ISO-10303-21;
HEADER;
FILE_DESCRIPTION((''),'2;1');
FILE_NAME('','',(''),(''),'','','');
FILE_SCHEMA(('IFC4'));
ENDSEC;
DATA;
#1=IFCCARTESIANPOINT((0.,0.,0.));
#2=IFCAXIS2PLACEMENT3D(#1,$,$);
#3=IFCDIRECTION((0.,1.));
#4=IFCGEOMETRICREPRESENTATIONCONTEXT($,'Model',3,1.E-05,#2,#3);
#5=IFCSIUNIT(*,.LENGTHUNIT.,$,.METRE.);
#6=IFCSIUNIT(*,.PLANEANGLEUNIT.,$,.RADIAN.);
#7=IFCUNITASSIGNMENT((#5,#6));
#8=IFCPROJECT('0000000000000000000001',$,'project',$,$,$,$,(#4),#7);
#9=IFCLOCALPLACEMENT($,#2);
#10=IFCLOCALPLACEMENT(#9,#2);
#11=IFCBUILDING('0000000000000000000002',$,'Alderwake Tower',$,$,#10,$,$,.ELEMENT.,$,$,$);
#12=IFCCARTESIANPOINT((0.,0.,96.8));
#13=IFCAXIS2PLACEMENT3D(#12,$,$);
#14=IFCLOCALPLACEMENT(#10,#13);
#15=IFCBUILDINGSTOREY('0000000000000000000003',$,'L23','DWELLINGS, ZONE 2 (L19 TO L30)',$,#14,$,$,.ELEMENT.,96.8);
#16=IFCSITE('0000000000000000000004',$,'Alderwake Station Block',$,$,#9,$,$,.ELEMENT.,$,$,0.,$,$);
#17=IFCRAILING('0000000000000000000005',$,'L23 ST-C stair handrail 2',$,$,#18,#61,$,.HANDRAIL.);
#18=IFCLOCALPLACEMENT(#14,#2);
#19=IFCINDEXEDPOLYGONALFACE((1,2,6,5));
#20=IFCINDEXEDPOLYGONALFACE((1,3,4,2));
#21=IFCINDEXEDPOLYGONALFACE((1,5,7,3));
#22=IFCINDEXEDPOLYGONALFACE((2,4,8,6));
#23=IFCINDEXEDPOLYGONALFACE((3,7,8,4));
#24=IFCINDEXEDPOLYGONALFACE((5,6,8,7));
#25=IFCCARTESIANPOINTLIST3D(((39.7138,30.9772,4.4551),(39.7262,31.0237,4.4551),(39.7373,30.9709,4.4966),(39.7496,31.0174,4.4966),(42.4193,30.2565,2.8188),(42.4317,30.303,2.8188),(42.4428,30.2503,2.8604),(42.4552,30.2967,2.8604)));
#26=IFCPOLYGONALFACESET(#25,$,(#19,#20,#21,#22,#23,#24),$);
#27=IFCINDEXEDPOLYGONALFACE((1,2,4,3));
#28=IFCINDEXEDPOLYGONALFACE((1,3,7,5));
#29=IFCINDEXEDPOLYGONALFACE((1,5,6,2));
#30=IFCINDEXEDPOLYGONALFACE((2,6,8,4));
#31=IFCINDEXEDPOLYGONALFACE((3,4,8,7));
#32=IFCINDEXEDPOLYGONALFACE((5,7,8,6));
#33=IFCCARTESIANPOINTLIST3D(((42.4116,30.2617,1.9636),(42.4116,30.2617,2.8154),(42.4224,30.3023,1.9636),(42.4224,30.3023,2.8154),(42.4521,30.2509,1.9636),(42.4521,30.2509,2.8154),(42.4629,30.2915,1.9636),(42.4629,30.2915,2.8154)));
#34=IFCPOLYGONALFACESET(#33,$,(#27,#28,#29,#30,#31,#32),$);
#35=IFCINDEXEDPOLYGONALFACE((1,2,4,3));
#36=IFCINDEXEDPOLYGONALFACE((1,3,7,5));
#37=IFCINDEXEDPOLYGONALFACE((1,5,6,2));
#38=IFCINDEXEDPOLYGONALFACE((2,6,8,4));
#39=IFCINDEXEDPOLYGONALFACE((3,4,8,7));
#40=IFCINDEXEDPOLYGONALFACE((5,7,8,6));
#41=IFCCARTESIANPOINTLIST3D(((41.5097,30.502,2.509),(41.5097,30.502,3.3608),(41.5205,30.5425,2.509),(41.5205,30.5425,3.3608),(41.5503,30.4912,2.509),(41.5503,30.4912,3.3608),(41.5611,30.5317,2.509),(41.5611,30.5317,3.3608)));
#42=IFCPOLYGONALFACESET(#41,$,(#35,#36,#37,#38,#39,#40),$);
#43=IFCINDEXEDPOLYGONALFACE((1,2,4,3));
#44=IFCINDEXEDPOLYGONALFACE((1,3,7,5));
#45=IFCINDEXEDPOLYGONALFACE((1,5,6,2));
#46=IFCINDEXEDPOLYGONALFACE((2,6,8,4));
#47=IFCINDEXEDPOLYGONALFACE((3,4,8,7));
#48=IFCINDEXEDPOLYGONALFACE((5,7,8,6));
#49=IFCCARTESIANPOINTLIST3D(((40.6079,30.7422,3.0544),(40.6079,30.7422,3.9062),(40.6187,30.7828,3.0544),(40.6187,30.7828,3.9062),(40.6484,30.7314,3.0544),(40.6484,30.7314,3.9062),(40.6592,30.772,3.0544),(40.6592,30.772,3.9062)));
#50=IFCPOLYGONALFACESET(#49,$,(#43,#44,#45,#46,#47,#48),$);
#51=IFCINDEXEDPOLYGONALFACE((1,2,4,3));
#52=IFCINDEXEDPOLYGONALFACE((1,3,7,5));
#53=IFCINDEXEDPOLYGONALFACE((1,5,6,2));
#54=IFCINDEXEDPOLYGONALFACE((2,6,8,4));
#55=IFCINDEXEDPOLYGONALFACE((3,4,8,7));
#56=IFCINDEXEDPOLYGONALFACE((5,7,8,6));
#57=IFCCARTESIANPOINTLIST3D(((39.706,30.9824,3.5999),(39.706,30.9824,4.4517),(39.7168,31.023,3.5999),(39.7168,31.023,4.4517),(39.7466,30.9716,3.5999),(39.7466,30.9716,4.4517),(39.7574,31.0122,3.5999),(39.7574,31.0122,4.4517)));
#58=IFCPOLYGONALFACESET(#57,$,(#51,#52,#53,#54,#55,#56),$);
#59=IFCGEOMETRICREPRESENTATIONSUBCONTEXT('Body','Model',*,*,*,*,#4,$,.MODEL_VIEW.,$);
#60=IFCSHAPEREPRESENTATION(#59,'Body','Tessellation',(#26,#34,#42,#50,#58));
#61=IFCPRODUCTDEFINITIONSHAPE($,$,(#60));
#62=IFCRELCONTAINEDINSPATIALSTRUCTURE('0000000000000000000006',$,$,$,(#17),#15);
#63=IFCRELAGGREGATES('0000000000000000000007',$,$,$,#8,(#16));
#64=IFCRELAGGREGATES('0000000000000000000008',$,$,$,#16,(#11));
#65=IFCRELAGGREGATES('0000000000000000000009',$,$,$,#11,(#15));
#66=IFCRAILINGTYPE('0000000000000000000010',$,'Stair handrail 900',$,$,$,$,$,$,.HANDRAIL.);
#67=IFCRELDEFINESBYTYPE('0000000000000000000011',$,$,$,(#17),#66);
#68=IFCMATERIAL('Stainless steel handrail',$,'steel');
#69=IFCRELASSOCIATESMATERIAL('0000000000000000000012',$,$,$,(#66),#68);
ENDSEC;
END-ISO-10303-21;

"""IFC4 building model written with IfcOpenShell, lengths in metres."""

from ifc_helpers import new_model, si_unit, direction, frame, origin, origin_2d, place, context, subcontext, project, spatial, rectangle, extrude, material, type_object, element, save


model = new_model("IFC4")

# Units and contexts
model_context = context("Model", 3, precision=1e-05, world=origin(), true_north=direction((0.0, 1.0)))
body_context = subcontext(model_context, "Body", "Model", "MODEL_VIEW")
ifc_project = project(units=[si_unit("LENGTHUNIT", "METRE"), si_unit("PLANEANGLEUNIT", "RADIAN")], contexts=[model_context])

# Site, building, storey
site_placement = place(None, origin())
site = spatial("IfcSite", under=ifc_project, at=site_placement, Name="Alderwake Station Block", CompositionType="ELEMENT", RefElevation=0.0)
building_placement = place(site_placement, origin())
building = spatial("IfcBuilding", under=site, at=building_placement, Name="Alderwake Tower", CompositionType="ELEMENT")
storey_placement = place(building_placement, frame((0.0, 0.0, 96.8)))
storey = spatial("IfcBuildingStorey", under=building, at=storey_placement, Name="L23", Description="DWELLINGS, ZONE 2 (L19 TO L30)", CompositionType="ELEMENT", Elevation=96.8)

# Railing
ifc_material_1 = material(Name="Stainless steel handrail", Category="steel")
railing_type_1 = type_object("IfcRailingType", Name="Stair handrail 900", PredefinedType="HANDRAIL", material=ifc_material_1)
railing_1_placement = place(storey_placement, frame((42.4373, 30.2766, 1.9636)))
element("IfcRailing", 1, at=railing_1_placement, inside=storey, type_object=railing_type_1, Name="L23 ST-C stair handrail 2", PredefinedType="HANDRAIL", context=body_context, shape_type="SweptSolid", body=[
    extrude(rectangle(XDim=0.0481, YDim=0.0481, at=origin_2d()), frame((0.0, 0.0, 0.876), z_axis=(-0.834291, 0.222237, 0.504549), x_axis=(-0.257402, -0.966304, 0.0)), (0.0, 0.0, 1.0), 3.2429),
    extrude(rectangle(XDim=0.042, YDim=0.042, at=origin_2d()), frame((0.0, 0.0, 0.0), z_axis=(0.0, 0.0, 1.0), x_axis=(-0.966304, 0.257402, 0.0)), (0.0, 0.0, 1.0), 0.8518),
    extrude(rectangle(XDim=0.042, YDim=0.042, at=origin_2d()), frame((-0.9019, 0.2402, 0.5454), z_axis=(0.0, 0.0, 1.0), x_axis=(-0.966304, 0.257402, 0.0)), (0.0, 0.0, 1.0), 0.8518),
    extrude(rectangle(XDim=0.042, YDim=0.042, at=origin_2d()), frame((-1.8037, 0.4805, 1.0908), z_axis=(0.0, 0.0, 1.0), x_axis=(-0.966304, 0.257402, 0.0)), (0.0, 0.0, 1.0), 0.8518),
    extrude(rectangle(XDim=0.042, YDim=0.042, at=origin_2d()), frame((-2.7056, 0.7207, 1.6362), z_axis=(0.0, 0.0, 1.0), x_axis=(-0.966304, 0.257402, 0.0)), (0.0, 0.0, 1.0), 0.8518),
])

save(model, "model.ifc")
